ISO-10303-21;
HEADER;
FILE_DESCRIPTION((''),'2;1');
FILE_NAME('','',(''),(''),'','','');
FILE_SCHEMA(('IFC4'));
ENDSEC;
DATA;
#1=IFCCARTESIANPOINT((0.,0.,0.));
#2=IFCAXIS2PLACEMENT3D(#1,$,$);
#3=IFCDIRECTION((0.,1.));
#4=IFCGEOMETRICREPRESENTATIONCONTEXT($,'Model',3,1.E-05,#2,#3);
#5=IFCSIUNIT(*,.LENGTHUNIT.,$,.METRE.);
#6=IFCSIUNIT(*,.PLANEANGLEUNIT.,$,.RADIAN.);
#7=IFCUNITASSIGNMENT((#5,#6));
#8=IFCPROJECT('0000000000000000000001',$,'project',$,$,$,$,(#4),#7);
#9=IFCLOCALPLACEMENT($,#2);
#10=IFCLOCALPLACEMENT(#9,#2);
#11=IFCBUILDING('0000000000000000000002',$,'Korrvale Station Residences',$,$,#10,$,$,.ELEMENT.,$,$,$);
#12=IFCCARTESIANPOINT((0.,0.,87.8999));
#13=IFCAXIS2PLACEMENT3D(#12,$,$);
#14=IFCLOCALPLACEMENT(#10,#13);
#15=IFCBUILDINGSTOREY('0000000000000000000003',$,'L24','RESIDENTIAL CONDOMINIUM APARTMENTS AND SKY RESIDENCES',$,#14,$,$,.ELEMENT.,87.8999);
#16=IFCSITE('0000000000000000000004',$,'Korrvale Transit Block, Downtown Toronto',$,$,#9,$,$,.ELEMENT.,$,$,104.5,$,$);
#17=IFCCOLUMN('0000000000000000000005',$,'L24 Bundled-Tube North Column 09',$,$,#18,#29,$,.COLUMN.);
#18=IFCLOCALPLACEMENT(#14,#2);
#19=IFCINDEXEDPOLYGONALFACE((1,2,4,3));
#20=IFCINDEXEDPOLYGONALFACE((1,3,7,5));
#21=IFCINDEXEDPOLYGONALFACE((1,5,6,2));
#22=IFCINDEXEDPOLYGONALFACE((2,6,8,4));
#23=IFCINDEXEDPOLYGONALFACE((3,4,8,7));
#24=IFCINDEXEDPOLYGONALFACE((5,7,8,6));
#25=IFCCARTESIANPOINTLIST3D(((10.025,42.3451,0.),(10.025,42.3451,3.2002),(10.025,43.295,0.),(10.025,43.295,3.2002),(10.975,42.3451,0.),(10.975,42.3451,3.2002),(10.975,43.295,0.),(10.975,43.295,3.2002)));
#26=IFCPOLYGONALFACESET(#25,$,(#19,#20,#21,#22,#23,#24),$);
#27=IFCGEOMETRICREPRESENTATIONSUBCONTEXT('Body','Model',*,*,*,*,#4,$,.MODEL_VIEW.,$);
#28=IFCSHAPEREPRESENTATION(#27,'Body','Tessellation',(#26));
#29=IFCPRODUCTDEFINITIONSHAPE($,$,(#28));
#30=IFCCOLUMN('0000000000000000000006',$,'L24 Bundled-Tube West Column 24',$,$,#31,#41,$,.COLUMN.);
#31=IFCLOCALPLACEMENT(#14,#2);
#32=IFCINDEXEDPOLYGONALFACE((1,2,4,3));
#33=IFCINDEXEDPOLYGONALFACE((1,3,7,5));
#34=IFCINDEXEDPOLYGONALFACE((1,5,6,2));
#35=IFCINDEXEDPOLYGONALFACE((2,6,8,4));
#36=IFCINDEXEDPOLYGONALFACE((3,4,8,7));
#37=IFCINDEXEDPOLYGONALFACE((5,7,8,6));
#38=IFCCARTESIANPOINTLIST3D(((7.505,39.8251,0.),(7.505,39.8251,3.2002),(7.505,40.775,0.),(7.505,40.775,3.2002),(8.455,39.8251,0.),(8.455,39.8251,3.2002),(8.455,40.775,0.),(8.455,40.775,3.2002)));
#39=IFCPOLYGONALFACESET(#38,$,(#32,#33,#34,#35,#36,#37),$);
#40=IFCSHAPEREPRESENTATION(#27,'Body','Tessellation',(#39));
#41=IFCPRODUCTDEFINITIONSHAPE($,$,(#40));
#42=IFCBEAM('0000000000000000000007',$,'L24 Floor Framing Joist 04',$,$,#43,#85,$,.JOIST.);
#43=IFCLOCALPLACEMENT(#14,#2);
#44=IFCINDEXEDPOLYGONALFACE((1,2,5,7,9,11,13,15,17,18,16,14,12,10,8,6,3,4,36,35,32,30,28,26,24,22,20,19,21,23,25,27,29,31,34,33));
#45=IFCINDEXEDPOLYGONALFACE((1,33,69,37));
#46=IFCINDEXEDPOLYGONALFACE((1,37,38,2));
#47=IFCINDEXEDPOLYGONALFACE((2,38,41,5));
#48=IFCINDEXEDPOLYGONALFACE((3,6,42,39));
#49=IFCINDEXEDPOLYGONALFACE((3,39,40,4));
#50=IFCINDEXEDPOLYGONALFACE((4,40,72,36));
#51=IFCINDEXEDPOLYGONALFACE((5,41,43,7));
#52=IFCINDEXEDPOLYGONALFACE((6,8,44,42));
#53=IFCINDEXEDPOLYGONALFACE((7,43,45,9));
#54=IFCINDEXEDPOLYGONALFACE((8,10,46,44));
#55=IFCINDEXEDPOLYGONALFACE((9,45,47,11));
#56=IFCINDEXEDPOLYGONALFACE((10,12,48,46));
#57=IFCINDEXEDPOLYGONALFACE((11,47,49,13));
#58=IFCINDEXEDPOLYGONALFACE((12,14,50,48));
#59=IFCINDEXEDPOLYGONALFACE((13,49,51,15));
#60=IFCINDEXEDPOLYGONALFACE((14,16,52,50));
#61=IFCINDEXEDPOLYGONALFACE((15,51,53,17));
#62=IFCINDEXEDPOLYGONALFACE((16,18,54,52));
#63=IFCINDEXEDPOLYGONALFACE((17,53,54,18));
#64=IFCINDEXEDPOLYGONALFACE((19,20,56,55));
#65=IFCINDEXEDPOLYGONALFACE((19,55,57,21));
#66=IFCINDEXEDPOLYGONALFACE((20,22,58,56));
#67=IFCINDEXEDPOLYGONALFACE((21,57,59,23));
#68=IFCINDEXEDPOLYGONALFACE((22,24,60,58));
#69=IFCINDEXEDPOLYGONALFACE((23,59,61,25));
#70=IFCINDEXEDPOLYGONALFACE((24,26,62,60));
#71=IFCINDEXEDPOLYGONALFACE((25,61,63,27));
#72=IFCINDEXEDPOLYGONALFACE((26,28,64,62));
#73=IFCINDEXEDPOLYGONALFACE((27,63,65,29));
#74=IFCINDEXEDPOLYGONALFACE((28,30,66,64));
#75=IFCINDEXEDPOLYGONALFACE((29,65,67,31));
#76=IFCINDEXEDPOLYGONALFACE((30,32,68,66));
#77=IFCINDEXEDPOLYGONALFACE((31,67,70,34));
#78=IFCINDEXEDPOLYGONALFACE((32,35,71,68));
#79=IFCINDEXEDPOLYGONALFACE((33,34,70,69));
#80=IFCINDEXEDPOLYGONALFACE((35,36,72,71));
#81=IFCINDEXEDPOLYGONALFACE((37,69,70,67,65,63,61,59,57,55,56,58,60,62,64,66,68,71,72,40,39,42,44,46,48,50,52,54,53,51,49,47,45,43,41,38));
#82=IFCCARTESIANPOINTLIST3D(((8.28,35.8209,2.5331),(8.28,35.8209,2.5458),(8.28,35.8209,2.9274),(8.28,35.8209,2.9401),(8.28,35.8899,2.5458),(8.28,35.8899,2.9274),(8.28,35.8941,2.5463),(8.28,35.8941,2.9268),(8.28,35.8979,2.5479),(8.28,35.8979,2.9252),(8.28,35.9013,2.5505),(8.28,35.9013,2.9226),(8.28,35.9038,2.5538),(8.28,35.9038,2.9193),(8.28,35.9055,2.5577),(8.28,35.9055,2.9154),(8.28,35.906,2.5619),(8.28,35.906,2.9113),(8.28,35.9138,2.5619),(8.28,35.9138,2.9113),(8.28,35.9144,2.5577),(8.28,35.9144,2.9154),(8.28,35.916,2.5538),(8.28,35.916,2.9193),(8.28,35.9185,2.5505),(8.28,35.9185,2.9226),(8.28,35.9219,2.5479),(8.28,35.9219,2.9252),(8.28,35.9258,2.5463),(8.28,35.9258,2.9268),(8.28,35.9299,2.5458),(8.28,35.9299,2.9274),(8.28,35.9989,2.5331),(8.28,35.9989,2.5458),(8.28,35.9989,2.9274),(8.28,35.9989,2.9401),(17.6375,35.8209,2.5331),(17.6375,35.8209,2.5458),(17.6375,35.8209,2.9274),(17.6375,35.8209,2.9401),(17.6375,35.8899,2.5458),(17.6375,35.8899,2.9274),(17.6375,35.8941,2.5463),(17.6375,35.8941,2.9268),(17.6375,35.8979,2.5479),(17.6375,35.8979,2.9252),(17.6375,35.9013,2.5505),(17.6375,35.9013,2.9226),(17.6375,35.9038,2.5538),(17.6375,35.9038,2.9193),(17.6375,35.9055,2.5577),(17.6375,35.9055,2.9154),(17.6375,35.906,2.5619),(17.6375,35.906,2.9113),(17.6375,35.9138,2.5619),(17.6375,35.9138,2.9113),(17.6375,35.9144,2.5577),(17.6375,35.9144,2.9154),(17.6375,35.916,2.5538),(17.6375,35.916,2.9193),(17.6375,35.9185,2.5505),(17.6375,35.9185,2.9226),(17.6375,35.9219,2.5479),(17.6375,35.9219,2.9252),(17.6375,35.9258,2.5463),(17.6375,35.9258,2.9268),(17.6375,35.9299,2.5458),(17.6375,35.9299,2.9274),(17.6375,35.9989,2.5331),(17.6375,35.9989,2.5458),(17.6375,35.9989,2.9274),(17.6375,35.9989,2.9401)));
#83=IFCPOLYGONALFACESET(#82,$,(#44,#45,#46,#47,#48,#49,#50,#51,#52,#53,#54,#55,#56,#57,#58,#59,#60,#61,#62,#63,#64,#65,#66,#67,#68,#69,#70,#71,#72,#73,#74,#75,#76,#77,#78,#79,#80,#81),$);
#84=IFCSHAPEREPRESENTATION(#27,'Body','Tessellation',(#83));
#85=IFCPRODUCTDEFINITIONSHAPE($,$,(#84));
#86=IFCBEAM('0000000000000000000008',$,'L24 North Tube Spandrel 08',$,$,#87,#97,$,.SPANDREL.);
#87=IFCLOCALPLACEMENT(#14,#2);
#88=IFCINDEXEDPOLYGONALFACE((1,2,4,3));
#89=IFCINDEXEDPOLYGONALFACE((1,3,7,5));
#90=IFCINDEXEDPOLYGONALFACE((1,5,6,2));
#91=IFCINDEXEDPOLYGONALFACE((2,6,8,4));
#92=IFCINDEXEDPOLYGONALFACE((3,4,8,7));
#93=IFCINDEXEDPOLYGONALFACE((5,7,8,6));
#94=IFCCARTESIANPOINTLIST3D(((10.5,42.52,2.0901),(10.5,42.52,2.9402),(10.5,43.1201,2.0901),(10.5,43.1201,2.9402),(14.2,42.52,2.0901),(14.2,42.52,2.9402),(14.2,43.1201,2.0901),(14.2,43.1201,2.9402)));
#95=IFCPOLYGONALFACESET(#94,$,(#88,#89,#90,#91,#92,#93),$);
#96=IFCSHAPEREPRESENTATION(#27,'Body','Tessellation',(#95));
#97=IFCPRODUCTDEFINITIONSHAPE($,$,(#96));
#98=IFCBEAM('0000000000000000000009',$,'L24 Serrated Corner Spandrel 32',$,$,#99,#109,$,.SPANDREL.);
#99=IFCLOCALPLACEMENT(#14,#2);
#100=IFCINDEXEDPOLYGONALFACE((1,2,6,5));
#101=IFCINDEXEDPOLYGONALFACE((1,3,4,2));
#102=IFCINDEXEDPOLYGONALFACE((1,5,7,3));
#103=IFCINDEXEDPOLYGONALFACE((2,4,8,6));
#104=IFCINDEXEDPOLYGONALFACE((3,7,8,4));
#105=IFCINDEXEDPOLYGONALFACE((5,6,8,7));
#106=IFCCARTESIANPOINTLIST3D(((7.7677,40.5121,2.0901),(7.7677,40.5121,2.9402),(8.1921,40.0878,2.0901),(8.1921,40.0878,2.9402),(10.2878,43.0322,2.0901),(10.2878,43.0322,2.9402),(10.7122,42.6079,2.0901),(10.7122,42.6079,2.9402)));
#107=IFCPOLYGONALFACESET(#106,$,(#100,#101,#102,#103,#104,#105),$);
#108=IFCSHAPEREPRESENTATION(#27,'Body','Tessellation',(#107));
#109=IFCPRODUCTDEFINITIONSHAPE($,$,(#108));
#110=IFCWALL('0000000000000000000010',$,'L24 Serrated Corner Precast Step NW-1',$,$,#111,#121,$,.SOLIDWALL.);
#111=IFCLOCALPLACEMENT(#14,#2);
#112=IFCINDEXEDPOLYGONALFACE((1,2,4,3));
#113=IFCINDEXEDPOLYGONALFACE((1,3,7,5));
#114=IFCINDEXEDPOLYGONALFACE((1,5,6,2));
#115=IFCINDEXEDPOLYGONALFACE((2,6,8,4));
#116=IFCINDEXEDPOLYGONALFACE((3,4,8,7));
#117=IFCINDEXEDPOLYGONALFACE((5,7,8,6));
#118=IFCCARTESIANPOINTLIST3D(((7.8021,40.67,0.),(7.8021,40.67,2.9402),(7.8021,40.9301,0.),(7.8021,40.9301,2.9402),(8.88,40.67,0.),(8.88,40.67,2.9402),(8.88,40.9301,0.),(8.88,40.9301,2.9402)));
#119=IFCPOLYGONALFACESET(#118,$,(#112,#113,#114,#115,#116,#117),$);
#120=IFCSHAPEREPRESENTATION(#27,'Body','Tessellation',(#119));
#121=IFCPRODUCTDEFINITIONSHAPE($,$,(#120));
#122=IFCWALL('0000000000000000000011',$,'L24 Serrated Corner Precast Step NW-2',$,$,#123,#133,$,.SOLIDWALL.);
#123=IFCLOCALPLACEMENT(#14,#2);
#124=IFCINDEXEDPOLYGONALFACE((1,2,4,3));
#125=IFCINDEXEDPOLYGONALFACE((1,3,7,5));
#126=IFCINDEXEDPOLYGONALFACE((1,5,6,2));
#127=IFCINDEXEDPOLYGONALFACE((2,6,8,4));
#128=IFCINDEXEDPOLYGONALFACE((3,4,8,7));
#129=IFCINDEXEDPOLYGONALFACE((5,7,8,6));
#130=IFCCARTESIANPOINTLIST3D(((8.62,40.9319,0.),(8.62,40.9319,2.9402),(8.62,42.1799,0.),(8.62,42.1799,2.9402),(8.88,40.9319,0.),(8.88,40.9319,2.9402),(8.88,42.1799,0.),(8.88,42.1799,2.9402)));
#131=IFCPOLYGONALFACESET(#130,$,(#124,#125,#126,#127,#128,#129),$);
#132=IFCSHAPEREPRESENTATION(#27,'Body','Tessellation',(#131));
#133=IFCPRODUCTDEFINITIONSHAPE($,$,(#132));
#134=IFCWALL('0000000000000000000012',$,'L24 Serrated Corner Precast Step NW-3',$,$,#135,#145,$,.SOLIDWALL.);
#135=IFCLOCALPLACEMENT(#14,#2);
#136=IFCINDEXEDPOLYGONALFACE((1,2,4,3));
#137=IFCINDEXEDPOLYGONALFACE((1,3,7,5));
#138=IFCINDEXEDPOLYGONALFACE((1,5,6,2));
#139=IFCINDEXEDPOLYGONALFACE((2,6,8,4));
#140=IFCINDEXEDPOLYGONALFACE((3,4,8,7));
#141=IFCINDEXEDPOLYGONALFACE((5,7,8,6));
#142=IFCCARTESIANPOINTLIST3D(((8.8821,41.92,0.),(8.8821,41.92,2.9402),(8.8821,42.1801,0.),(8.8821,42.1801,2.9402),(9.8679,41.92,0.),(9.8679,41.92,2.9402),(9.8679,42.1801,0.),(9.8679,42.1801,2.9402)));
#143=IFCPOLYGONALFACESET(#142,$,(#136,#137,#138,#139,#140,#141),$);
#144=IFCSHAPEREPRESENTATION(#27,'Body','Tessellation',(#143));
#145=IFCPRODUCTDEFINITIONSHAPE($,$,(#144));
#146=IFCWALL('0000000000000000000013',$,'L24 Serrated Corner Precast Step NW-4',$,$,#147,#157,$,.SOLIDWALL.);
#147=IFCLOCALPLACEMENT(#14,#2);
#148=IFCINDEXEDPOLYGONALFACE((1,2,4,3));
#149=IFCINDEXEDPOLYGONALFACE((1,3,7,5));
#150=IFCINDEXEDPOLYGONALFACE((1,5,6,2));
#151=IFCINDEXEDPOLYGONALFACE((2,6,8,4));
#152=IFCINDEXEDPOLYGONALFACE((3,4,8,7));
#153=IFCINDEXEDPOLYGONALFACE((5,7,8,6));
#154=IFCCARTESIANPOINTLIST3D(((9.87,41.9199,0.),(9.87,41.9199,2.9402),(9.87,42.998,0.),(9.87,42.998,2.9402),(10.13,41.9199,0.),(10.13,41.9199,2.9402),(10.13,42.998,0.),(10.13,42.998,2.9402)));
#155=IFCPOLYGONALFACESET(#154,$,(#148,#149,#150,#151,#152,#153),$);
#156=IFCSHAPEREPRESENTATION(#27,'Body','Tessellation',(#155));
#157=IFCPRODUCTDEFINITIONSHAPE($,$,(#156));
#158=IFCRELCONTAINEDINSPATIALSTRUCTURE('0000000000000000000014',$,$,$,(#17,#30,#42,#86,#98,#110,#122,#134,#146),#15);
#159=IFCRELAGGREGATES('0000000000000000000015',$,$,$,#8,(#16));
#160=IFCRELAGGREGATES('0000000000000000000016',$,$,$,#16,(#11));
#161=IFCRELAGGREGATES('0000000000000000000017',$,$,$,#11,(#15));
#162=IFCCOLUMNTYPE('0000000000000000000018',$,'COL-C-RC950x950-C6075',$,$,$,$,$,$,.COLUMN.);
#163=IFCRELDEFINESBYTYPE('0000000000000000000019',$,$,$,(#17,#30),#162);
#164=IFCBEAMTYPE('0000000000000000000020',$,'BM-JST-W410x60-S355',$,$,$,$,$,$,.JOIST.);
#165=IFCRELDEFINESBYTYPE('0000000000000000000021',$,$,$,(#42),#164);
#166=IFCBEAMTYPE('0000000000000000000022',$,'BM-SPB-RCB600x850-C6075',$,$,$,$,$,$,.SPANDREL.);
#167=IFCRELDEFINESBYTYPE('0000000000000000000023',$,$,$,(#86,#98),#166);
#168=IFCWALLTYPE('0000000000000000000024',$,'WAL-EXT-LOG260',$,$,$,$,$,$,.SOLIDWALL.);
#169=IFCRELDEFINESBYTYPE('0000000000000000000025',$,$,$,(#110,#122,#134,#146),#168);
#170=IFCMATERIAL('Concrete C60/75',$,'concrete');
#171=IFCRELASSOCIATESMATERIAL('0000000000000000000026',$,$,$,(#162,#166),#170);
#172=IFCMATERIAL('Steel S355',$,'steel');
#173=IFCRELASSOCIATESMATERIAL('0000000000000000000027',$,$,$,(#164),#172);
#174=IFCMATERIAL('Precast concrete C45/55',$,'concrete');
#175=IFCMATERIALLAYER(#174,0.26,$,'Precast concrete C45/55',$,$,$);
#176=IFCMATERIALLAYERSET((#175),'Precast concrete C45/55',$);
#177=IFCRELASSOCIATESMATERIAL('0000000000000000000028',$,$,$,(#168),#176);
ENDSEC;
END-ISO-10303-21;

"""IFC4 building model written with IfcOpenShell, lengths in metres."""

from ifc_helpers import new_model, si_unit, direction, frame, frame_2d, origin, origin_2d, place, context, subcontext, project, spatial, rectangle, i_section, extrude, material, layer, layer_set, material_profile, profile_set, type_object, element, save


model = new_model("IFC4")

# Units and contexts
model_context = context("Model", 3, precision=1e-05, world=origin(), true_north=direction((0.0, 1.0)))
body_context = subcontext(model_context, "Body", "Model", "MODEL_VIEW")
ifc_project = project(units=[si_unit("LENGTHUNIT", "METRE"), si_unit("PLANEANGLEUNIT", "RADIAN")], contexts=[model_context])

# Site, building, storey
site_placement = place(None, origin())
site = spatial("IfcSite", under=ifc_project, at=site_placement, Name="Korrvale Transit Block, Downtown Toronto", CompositionType="ELEMENT", RefElevation=104.5)
building_placement = place(site_placement, origin())
building = spatial("IfcBuilding", under=site, at=building_placement, Name="Korrvale Station Residences", CompositionType="ELEMENT")
storey_placement = place(building_placement, frame((0.0, 0.0, 87.8999)))
storey = spatial("IfcBuildingStorey", under=building, at=storey_placement, Name="L24", Description="RESIDENTIAL CONDOMINIUM APARTMENTS AND SKY RESIDENCES", CompositionType="ELEMENT", Elevation=87.8999)

# Columns
ifc_material_1 = material(Name="Concrete C60/75", Category="concrete")
ifc_material_profile_1 = material_profile(ifc_material_1, rectangle(XDim=0.95, YDim=0.95, at=origin_2d()), Name="RC950x950")
ifc_profile_set_1 = profile_set([ifc_material_profile_1], Name="Concrete C60/75")
column_type = type_object("IfcColumnType", Name="COL-C-RC950x950-C6075", PredefinedType="COLUMN", material=ifc_profile_set_1)
for number, where, z_axis, x_axis, name in (
    (1, (10.5, 42.8201, 0.0), (0.0, 0.0, 1.0), (1.0, 0.0, 0.0), "L24 Bundled-Tube North Column 09"),
    (2, (7.98, 40.3, 0.0), (0.0, 0.0, 1.0), (1.0, 0.0, 0.0), "L24 Bundled-Tube West Column 24"),
):
    element("IfcColumn", number, at=place(storey_placement, frame(where, z_axis=z_axis, x_axis=x_axis)), inside=storey, type_object=column_type, Name=name, PredefinedType="COLUMN", context=body_context, shape_type="SweptSolid", body=[
        extrude(rectangle(XDim=0.95, YDim=0.95, at=origin_2d()), origin(), (0.0, 0.0, 1.0), 3.2002),
    ])

# Beams
ifc_material_2 = material(Name="Steel S355", Category="steel")
ifc_material_profile_2 = material_profile(ifc_material_2, i_section(OverallWidth=0.178, OverallDepth=0.407, WebThickness=0.0078, FlangeThickness=0.0127, FilletRadius=0.0161, at=origin_2d()), Name="W410x60")
ifc_profile_set_2 = profile_set([ifc_material_profile_2], Name="Steel S355")
beam_type_1 = type_object("IfcBeamType", Name="BM-JST-W410x60-S355", PredefinedType="JOIST", material=ifc_profile_set_2)
beam_1_placement = place(storey_placement, frame((8.28, 35.9099, 2.7366), z_axis=(1.0, 0.0, 0.0), x_axis=(0.0, 1.0, 0.0)))
element("IfcBeam", 3, at=beam_1_placement, inside=storey, type_object=beam_type_1, Name="L24 Floor Framing Joist 04", PredefinedType="JOIST", context=body_context, shape_type="SweptSolid", body=[
    extrude(i_section(OverallWidth=0.178, OverallDepth=0.407, WebThickness=0.0078, FlangeThickness=0.0127, FilletRadius=0.0161, at=origin_2d()), origin(), (0.0, 0.0, 1.0), 9.3574),
])
ifc_material_profile_3 = material_profile(ifc_material_1, rectangle(XDim=0.6001, YDim=0.8501, at=origin_2d()), Name="RCB600x850")
ifc_profile_set_3 = profile_set([ifc_material_profile_3], Name="Concrete C60/75")
beam_type_2 = type_object("IfcBeamType", Name="BM-SPB-RCB600x850-C6075", PredefinedType="SPANDREL", material=ifc_profile_set_3)
beam_2_placement = place(storey_placement, frame((10.5, 42.8201, 2.5151), z_axis=(1.0, 0.0, 0.0), x_axis=(0.0, 1.0, 0.0)))
element("IfcBeam", 4, at=beam_2_placement, inside=storey, type_object=beam_type_2, Name="L24 North Tube Spandrel 08", PredefinedType="SPANDREL", context=body_context, shape_type="SweptSolid", body=[
    extrude(rectangle(XDim=0.6001, YDim=0.8501, at=origin_2d()), origin(), (0.0, 0.0, 1.0), 3.7),
])
beam_3_placement = place(storey_placement, frame((10.5, 42.8201, 2.5151), z_axis=(-0.707107, -0.707107, 0.0), x_axis=(0.707107, -0.707107, 0.0)))
element("IfcBeam", 5, at=beam_3_placement, inside=storey, type_object=beam_type_2, Name="L24 Serrated Corner Spandrel 32", PredefinedType="SPANDREL", context=body_context, shape_type="SweptSolid", body=[
    extrude(rectangle(XDim=0.6001, YDim=0.8501, at=origin_2d()), origin(), (0.0, 0.0, 1.0), 3.564),
])

# Walls
ifc_material_3 = material(Name="Precast concrete C45/55", Category="concrete")
ifc_layer_1 = layer(ifc_material_3, 0.26, Name="Precast concrete C45/55")
ifc_layer_set_1 = layer_set([ifc_layer_1], Name="Precast concrete C45/55")
wall_type_1 = type_object("IfcWallType", Name="WAL-EXT-LOG260", PredefinedType="SOLIDWALL", material=ifc_layer_set_1)
wall_1_placement = place(storey_placement, frame((7.802, 40.8, 0.0), z_axis=(0.0, 0.0, 1.0), x_axis=(1.0, 0.0, 0.0)))
element("IfcWall", 6, at=wall_1_placement, inside=storey, type_object=wall_type_1, Name="L24 Serrated Corner Precast Step NW-1", PredefinedType="SOLIDWALL", context=body_context, shape_type="SweptSolid", body=[
    extrude(rectangle(XDim=1.0779, YDim=0.26, at=frame_2d((0.5391, 0.0))), origin(), (0.0, 0.0, 1.0), 2.9402),
])
wall_2_placement = place(storey_placement, frame((8.75, 40.9319, 0.0), z_axis=(0.0, 0.0, 1.0), x_axis=(0.0, 1.0, 0.0)))
element("IfcWall", 7, at=wall_2_placement, inside=storey, type_object=wall_type_1, Name="L24 Serrated Corner Precast Step NW-2", PredefinedType="SOLIDWALL", context=body_context, shape_type="SweptSolid", body=[
    extrude(rectangle(XDim=1.248, YDim=0.26, at=frame_2d((0.624, 0.0))), origin(), (0.0, 0.0, 1.0), 2.9402),
])
wall_3_placement = place(storey_placement, frame((8.8821, 42.05, 0.0), z_axis=(0.0, 0.0, 1.0), x_axis=(1.0, 0.0, 0.0)))
element("IfcWall", 8, at=wall_3_placement, inside=storey, type_object=wall_type_1, Name="L24 Serrated Corner Precast Step NW-3", PredefinedType="SOLIDWALL", context=body_context, shape_type="SweptSolid", body=[
    extrude(rectangle(XDim=0.9858, YDim=0.26, at=frame_2d((0.4929, 0.0))), origin(), (0.0, 0.0, 1.0), 2.9402),
])
wall_4_placement = place(storey_placement, frame((10.0, 41.9199, 0.0), z_axis=(0.0, 0.0, 1.0), x_axis=(0.0, 1.0, 0.0)))
element("IfcWall", 9, at=wall_4_placement, inside=storey, type_object=wall_type_1, Name="L24 Serrated Corner Precast Step NW-4", PredefinedType="SOLIDWALL", context=body_context, shape_type="SweptSolid", body=[
    extrude(rectangle(XDim=1.0781, YDim=0.26, at=frame_2d((0.5391, 0.0))), origin(), (0.0, 0.0, 1.0), 2.9402),
])

save(model, "model.ifc")
